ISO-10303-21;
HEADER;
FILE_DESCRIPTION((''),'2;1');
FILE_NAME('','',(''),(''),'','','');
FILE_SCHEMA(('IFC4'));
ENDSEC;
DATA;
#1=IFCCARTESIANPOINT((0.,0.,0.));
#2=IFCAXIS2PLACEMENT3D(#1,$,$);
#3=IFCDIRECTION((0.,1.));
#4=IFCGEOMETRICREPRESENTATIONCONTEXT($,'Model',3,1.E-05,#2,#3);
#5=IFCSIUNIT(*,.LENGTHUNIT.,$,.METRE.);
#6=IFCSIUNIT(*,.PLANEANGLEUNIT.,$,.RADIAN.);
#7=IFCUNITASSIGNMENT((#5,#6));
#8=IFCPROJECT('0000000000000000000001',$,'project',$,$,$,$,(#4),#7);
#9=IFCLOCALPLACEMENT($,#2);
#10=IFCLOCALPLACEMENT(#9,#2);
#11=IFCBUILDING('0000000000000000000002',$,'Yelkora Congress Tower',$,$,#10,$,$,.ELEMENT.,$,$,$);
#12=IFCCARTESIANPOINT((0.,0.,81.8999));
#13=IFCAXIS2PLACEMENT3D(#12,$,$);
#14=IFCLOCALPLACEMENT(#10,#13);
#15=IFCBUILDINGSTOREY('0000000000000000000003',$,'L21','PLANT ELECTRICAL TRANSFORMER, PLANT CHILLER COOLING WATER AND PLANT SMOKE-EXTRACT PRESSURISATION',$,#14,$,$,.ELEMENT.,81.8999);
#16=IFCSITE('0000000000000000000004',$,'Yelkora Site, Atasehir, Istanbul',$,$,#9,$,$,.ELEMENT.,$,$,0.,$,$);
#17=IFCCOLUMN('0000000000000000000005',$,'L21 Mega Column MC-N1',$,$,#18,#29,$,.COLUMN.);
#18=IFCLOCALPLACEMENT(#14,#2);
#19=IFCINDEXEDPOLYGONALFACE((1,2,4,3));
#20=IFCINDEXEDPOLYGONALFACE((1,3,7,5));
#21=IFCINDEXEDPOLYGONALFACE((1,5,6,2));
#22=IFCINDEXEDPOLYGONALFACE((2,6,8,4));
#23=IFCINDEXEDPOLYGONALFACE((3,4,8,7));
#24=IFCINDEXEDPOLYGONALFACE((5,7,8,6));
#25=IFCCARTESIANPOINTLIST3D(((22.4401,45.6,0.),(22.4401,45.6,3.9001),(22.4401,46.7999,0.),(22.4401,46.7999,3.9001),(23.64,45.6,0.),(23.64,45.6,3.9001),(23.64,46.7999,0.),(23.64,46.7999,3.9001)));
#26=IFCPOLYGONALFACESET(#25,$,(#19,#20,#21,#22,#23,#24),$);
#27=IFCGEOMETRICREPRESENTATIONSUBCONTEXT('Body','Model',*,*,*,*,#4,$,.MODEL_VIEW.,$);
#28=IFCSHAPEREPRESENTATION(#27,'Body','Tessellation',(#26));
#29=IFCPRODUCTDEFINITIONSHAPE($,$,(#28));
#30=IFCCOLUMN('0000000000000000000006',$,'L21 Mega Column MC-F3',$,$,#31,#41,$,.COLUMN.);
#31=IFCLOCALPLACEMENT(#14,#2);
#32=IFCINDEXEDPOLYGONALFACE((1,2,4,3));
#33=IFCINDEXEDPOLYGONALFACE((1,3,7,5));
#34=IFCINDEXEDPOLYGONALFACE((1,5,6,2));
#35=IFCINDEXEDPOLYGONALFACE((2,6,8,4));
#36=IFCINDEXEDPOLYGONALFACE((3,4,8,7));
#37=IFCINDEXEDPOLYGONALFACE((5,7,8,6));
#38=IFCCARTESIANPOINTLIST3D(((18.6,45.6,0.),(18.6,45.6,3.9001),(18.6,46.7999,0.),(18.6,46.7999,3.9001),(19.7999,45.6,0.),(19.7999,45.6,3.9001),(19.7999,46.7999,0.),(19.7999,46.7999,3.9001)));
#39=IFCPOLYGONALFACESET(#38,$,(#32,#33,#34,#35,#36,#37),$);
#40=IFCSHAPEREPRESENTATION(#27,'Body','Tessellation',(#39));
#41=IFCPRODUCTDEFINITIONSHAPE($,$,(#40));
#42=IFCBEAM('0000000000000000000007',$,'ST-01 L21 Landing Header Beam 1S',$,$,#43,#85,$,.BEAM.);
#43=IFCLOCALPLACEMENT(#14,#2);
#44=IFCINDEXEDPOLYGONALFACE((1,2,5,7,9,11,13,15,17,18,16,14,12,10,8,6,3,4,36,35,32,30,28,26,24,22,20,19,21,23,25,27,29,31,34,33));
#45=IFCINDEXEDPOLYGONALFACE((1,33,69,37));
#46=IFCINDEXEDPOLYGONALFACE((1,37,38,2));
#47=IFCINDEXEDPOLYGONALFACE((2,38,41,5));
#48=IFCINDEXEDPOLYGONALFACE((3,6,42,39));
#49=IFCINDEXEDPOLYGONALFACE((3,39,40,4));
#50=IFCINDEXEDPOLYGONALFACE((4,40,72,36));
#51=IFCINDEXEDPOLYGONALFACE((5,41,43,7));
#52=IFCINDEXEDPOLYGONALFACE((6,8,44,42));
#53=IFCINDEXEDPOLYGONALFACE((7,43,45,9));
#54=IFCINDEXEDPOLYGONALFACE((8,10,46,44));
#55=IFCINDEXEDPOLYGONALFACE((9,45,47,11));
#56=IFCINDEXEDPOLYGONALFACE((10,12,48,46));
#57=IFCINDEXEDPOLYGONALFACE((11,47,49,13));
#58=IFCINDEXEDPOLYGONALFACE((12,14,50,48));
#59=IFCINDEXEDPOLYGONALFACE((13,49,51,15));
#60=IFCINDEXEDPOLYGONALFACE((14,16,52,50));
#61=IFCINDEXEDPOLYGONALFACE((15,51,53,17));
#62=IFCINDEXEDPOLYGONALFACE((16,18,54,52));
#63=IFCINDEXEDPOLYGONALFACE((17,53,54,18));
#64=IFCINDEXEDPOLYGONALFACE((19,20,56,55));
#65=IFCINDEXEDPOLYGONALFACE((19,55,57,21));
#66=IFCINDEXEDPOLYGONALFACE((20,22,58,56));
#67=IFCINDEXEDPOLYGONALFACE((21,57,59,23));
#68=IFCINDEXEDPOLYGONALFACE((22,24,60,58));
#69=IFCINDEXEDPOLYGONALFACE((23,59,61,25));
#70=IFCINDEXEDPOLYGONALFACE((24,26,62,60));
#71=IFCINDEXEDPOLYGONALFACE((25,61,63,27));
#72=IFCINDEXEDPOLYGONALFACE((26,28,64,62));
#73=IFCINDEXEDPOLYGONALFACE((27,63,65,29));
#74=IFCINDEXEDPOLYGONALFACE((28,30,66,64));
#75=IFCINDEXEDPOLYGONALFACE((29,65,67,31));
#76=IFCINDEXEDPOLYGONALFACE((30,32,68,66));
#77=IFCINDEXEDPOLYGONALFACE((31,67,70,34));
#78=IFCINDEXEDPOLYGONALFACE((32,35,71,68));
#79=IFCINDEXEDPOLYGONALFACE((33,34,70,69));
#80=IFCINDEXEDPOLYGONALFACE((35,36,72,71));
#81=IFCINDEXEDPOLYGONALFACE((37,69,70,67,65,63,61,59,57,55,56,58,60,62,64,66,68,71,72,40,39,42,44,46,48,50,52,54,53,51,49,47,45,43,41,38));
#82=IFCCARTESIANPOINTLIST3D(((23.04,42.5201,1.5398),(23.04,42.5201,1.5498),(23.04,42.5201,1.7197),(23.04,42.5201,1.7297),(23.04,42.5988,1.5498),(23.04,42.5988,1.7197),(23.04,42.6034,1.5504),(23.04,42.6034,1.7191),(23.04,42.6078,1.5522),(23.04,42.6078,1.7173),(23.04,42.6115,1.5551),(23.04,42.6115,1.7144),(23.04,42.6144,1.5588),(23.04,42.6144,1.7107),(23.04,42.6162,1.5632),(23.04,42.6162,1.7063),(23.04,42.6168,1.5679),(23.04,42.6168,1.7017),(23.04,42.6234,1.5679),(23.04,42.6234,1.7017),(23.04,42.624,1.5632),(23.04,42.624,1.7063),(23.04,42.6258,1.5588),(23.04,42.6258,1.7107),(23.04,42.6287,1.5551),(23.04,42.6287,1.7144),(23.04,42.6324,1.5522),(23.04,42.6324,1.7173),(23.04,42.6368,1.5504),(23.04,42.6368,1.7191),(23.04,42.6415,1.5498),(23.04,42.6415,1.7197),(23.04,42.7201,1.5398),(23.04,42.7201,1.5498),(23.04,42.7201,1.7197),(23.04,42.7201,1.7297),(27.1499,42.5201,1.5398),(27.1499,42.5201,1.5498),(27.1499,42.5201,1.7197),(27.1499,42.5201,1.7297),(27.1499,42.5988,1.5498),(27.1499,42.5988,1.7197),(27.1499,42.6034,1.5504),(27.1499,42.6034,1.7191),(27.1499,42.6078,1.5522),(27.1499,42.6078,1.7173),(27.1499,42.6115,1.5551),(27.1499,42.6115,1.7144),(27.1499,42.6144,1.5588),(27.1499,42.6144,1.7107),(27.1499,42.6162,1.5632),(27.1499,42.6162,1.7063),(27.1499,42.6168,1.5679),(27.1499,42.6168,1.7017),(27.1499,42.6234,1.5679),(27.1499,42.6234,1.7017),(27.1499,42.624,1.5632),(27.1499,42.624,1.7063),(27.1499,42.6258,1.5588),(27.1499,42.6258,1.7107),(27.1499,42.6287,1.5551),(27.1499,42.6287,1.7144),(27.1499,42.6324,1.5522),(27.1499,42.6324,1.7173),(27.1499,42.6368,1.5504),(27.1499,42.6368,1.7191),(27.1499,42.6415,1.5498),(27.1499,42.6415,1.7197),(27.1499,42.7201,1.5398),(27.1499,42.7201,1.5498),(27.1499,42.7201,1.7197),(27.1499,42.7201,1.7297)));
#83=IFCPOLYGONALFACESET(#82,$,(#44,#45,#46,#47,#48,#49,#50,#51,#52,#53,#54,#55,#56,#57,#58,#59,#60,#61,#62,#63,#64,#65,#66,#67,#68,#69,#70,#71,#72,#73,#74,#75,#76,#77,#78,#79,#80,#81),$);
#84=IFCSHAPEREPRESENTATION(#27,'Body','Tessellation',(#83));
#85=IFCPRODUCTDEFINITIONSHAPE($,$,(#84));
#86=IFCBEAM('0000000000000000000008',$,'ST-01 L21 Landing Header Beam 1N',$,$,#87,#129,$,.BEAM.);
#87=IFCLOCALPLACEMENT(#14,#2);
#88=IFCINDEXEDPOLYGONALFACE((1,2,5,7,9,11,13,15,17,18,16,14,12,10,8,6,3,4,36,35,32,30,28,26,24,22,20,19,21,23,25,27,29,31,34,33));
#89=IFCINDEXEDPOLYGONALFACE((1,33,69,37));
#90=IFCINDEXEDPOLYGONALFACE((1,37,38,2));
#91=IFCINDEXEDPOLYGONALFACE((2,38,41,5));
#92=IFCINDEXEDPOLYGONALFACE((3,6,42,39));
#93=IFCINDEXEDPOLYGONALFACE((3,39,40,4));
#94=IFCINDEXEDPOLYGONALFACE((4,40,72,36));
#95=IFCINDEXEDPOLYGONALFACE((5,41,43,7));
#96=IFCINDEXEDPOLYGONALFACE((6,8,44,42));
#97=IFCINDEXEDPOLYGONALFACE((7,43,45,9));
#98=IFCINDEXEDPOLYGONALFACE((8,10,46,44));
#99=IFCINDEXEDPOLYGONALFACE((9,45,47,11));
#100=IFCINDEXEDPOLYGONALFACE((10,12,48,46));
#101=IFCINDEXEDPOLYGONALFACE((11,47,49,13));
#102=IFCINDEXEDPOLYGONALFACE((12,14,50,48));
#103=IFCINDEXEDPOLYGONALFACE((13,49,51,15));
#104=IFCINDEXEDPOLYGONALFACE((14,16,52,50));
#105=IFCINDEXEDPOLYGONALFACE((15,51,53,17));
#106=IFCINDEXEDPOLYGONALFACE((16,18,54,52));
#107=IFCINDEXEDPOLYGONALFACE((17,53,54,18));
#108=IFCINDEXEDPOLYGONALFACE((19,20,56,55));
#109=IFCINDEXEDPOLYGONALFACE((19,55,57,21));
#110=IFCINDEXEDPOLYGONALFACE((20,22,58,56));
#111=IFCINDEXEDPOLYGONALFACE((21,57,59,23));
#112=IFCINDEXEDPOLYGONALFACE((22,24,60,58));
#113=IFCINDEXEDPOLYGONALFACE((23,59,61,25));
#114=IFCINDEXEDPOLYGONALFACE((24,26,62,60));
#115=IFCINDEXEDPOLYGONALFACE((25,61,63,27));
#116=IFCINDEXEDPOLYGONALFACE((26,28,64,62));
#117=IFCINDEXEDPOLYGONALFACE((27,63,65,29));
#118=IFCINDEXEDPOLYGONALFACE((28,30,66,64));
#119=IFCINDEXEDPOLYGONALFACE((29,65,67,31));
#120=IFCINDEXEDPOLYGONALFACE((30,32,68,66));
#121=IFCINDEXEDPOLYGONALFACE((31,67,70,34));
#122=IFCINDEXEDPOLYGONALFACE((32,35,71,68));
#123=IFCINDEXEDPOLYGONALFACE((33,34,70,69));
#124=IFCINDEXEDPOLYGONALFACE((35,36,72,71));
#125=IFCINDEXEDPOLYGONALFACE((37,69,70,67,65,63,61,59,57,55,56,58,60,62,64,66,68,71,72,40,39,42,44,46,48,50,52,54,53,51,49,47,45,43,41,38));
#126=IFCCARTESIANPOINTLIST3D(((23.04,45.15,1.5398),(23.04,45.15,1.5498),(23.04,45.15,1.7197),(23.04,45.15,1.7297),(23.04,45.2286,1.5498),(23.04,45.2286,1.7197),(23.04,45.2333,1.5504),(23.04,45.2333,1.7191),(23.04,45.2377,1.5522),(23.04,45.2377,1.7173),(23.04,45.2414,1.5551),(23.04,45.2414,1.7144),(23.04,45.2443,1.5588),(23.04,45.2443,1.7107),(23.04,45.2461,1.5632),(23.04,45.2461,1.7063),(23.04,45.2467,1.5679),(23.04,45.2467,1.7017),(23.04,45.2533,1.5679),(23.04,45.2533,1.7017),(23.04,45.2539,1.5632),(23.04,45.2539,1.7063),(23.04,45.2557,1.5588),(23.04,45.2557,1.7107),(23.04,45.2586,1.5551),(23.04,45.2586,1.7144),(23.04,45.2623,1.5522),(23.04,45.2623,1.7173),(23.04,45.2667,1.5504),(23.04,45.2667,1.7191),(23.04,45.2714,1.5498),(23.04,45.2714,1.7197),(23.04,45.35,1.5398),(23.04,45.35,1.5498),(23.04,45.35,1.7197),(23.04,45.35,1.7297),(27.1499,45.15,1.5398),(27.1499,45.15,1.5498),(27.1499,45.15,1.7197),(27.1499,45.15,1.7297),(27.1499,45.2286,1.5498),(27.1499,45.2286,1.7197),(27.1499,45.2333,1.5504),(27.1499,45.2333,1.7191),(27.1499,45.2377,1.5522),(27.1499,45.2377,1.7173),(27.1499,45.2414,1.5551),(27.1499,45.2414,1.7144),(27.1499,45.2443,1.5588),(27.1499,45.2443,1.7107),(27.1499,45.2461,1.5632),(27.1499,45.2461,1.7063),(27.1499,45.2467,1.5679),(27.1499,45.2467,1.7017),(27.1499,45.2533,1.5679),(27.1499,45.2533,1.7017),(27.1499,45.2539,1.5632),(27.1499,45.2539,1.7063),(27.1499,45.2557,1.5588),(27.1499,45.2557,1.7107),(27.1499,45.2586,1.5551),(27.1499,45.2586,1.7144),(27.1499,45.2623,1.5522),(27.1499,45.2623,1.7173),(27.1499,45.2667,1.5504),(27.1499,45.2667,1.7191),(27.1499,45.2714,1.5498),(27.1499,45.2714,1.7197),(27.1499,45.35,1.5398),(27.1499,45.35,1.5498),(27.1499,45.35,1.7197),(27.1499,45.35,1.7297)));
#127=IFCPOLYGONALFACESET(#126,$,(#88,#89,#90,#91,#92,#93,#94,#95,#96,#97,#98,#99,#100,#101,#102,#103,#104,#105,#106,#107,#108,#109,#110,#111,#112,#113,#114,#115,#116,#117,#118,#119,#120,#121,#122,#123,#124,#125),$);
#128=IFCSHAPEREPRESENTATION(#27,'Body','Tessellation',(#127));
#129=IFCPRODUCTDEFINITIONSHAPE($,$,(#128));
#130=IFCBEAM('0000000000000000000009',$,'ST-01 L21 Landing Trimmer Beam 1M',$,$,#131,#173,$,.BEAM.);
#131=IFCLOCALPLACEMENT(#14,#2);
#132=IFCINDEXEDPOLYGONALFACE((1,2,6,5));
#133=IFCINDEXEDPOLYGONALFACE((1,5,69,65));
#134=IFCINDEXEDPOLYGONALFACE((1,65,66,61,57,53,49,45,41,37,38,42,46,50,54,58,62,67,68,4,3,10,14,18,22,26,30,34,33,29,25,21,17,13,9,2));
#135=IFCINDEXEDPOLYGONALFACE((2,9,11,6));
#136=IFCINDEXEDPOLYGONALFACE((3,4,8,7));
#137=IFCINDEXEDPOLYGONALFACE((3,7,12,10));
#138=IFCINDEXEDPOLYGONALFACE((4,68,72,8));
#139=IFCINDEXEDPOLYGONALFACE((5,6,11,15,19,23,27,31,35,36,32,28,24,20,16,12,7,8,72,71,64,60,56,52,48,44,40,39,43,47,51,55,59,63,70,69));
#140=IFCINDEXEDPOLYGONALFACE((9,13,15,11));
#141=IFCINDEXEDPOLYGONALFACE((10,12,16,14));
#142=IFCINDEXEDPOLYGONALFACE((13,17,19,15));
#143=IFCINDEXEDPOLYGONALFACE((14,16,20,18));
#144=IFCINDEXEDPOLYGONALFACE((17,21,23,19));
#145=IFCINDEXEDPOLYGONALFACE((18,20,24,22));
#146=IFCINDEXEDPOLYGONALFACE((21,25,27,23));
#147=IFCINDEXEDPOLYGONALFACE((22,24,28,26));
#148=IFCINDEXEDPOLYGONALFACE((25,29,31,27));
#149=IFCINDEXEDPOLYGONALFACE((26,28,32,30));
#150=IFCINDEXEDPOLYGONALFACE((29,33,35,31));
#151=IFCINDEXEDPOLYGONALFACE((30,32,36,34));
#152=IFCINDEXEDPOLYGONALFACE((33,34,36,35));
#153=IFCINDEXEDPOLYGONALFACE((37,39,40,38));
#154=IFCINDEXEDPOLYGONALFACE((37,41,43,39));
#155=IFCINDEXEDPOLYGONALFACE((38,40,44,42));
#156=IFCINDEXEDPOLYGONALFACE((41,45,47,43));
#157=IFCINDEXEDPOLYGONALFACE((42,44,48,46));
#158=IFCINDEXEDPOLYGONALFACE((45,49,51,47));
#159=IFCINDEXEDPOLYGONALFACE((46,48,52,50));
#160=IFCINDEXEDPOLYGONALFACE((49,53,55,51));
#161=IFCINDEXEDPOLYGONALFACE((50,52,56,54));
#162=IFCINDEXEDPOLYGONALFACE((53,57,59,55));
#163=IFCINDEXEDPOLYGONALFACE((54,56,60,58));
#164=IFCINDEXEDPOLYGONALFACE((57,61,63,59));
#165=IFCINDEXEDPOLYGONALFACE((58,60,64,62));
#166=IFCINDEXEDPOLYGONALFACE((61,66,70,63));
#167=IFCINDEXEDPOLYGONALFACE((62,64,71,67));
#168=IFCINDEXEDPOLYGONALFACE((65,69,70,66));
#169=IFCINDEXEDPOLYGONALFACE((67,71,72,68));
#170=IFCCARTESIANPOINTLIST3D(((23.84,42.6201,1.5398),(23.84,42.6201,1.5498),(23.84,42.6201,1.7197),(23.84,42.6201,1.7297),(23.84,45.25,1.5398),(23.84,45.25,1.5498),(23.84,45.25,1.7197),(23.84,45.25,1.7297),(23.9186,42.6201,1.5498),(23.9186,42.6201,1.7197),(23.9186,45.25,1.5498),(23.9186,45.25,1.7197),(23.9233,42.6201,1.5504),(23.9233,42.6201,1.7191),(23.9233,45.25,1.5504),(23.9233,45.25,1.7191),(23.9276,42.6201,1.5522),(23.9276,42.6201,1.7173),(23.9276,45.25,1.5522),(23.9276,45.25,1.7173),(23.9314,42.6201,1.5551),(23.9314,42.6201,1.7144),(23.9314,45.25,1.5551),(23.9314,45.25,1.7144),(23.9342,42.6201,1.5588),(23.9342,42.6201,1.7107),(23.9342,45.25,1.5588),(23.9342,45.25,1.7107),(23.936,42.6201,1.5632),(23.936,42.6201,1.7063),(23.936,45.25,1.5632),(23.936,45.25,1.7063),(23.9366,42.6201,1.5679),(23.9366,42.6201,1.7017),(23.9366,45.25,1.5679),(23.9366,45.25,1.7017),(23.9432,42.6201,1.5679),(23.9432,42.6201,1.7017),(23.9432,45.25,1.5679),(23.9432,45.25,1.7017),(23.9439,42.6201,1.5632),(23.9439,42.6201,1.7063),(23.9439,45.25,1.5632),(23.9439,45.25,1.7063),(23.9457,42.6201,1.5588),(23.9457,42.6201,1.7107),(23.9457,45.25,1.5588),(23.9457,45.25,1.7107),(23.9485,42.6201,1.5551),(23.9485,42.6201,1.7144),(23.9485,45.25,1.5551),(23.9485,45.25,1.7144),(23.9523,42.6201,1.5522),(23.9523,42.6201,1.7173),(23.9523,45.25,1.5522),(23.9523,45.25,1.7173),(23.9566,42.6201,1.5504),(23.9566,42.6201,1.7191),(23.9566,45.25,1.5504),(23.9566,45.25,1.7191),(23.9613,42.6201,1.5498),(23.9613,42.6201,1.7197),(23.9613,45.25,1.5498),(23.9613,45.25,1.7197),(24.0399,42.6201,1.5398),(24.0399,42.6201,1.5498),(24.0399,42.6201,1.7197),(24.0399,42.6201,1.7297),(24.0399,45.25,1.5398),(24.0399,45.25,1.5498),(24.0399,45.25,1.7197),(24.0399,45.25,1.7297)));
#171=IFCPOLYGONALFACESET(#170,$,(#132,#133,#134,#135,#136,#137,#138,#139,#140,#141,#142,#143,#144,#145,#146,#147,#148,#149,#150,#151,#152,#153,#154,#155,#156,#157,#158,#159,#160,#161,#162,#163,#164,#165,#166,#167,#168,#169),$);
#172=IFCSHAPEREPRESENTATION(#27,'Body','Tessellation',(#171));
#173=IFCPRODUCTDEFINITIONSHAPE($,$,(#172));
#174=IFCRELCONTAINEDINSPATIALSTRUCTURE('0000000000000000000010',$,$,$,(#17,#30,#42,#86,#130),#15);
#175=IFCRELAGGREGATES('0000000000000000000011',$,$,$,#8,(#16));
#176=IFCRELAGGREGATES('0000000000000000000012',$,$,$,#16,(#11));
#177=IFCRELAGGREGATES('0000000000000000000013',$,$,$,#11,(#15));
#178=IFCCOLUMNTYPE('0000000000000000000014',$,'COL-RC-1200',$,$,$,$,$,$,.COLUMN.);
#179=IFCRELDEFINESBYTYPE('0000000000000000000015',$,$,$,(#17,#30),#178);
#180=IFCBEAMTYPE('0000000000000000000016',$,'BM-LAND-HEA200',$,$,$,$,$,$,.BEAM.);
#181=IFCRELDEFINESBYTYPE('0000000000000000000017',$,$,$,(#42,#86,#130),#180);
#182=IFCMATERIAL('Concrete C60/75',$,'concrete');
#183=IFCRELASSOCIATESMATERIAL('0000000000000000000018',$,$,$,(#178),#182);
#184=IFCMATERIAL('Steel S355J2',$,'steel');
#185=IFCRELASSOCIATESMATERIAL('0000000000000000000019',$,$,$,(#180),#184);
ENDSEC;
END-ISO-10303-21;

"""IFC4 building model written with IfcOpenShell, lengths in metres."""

from ifc_helpers import new_model, si_unit, direction, frame, origin, origin_2d, place, context, subcontext, project, spatial, rectangle, i_section, extrude, material, material_profile, profile_set, type_object, element, save


model = new_model("IFC4")

# Units and contexts
model_context = context("Model", 3, precision=1e-05, world=origin(), true_north=direction((0.0, 1.0)))
body_context = subcontext(model_context, "Body", "Model", "MODEL_VIEW")
ifc_project = project(units=[si_unit("LENGTHUNIT", "METRE"), si_unit("PLANEANGLEUNIT", "RADIAN")], contexts=[model_context])

# Site, building, storey
site_placement = place(None, origin())
site = spatial("IfcSite", under=ifc_project, at=site_placement, Name="Yelkora Site, Atasehir, Istanbul", CompositionType="ELEMENT", RefElevation=0.0)
building_placement = place(site_placement, origin())
building = spatial("IfcBuilding", under=site, at=building_placement, Name="Yelkora Congress Tower", CompositionType="ELEMENT")
storey_placement = place(building_placement, frame((0.0, 0.0, 81.8999)))
storey = spatial("IfcBuildingStorey", under=building, at=storey_placement, Name="L21", Description="PLANT ELECTRICAL TRANSFORMER, PLANT CHILLER COOLING WATER AND PLANT SMOKE-EXTRACT PRESSURISATION", CompositionType="ELEMENT", Elevation=81.8999)

# Columns
ifc_material_1 = material(Name="Concrete C60/75", Category="concrete")
ifc_material_profile_1 = material_profile(ifc_material_1, rectangle(XDim=1.2, YDim=1.2, at=origin_2d()), Name="RC 1200x1200")
ifc_profile_set_1 = profile_set([ifc_material_profile_1], Name="Concrete C60/75")
column_type = type_object("IfcColumnType", Name="COL-RC-1200", PredefinedType="COLUMN", material=ifc_profile_set_1)
for number, where, z_axis, x_axis, name in (
    (1, (23.04, 46.2, 0.0), (0.0, 0.0, 1.0), (1.0, 0.0, 0.0), "L21 Mega Column MC-N1"),
    (2, (19.2, 46.2, 0.0), (0.0, 0.0, 1.0), (1.0, 0.0, 0.0), "L21 Mega Column MC-F3"),
):
    element("IfcColumn", number, at=place(storey_placement, frame(where, z_axis=z_axis, x_axis=x_axis)), inside=storey, type_object=column_type, Name=name, PredefinedType="COLUMN", context=body_context, shape_type="SweptSolid", body=[
        extrude(rectangle(XDim=1.2, YDim=1.2, at=origin_2d()), origin(), (0.0, 0.0, 1.0), 3.9001),
    ])

# Beams
ifc_material_2 = material(Name="Steel S355J2", Category="steel")
ifc_material_profile_2 = material_profile(ifc_material_2, i_section(OverallWidth=0.2, OverallDepth=0.1899, WebThickness=0.0066, FlangeThickness=0.01, FilletRadius=0.0181, at=origin_2d()), Name="HEA 200")
ifc_profile_set_2 = profile_set([ifc_material_profile_2], Name="Steel S355J2")
beam_type = type_object("IfcBeamType", Name="BM-LAND-HEA200", PredefinedType="BEAM", material=ifc_profile_set_2)
for number, where, z_axis, x_axis, name in (
    (3, (23.04, 42.6201, 1.6348), (1.0, 0.0, 0.0), (0.0, 1.0, 0.0), "ST-01 L21 Landing Header Beam 1S"),
    (4, (23.04, 45.25, 1.6348), (1.0, 0.0, 0.0), (0.0, 1.0, 0.0), "ST-01 L21 Landing Header Beam 1N"),
):
    element("IfcBeam", number, at=place(storey_placement, frame(where, z_axis=z_axis, x_axis=x_axis)), inside=storey, type_object=beam_type, Name=name, PredefinedType="BEAM", context=body_context, shape_type="SweptSolid", body=[
        extrude(i_section(OverallWidth=0.2, OverallDepth=0.1899, WebThickness=0.0066, FlangeThickness=0.01, FilletRadius=0.0181, at=origin_2d()), origin(), (0.0, 0.0, 1.0), 4.1099),
    ])
beam_1_placement = place(storey_placement, frame((23.9399, 42.6201, 1.6348), z_axis=(0.0, 1.0, 0.0), x_axis=(-1.0, 0.0, 0.0)))
element("IfcBeam", 5, at=beam_1_placement, inside=storey, type_object=beam_type, Name="ST-01 L21 Landing Trimmer Beam 1M", PredefinedType="BEAM", context=body_context, shape_type="SweptSolid", body=[
    extrude(i_section(OverallWidth=0.2, OverallDepth=0.1899, WebThickness=0.0066, FlangeThickness=0.01, FilletRadius=0.0181, at=origin_2d()), origin(), (0.0, 0.0, 1.0), 2.6299),
])

save(model, "model.ifc")
